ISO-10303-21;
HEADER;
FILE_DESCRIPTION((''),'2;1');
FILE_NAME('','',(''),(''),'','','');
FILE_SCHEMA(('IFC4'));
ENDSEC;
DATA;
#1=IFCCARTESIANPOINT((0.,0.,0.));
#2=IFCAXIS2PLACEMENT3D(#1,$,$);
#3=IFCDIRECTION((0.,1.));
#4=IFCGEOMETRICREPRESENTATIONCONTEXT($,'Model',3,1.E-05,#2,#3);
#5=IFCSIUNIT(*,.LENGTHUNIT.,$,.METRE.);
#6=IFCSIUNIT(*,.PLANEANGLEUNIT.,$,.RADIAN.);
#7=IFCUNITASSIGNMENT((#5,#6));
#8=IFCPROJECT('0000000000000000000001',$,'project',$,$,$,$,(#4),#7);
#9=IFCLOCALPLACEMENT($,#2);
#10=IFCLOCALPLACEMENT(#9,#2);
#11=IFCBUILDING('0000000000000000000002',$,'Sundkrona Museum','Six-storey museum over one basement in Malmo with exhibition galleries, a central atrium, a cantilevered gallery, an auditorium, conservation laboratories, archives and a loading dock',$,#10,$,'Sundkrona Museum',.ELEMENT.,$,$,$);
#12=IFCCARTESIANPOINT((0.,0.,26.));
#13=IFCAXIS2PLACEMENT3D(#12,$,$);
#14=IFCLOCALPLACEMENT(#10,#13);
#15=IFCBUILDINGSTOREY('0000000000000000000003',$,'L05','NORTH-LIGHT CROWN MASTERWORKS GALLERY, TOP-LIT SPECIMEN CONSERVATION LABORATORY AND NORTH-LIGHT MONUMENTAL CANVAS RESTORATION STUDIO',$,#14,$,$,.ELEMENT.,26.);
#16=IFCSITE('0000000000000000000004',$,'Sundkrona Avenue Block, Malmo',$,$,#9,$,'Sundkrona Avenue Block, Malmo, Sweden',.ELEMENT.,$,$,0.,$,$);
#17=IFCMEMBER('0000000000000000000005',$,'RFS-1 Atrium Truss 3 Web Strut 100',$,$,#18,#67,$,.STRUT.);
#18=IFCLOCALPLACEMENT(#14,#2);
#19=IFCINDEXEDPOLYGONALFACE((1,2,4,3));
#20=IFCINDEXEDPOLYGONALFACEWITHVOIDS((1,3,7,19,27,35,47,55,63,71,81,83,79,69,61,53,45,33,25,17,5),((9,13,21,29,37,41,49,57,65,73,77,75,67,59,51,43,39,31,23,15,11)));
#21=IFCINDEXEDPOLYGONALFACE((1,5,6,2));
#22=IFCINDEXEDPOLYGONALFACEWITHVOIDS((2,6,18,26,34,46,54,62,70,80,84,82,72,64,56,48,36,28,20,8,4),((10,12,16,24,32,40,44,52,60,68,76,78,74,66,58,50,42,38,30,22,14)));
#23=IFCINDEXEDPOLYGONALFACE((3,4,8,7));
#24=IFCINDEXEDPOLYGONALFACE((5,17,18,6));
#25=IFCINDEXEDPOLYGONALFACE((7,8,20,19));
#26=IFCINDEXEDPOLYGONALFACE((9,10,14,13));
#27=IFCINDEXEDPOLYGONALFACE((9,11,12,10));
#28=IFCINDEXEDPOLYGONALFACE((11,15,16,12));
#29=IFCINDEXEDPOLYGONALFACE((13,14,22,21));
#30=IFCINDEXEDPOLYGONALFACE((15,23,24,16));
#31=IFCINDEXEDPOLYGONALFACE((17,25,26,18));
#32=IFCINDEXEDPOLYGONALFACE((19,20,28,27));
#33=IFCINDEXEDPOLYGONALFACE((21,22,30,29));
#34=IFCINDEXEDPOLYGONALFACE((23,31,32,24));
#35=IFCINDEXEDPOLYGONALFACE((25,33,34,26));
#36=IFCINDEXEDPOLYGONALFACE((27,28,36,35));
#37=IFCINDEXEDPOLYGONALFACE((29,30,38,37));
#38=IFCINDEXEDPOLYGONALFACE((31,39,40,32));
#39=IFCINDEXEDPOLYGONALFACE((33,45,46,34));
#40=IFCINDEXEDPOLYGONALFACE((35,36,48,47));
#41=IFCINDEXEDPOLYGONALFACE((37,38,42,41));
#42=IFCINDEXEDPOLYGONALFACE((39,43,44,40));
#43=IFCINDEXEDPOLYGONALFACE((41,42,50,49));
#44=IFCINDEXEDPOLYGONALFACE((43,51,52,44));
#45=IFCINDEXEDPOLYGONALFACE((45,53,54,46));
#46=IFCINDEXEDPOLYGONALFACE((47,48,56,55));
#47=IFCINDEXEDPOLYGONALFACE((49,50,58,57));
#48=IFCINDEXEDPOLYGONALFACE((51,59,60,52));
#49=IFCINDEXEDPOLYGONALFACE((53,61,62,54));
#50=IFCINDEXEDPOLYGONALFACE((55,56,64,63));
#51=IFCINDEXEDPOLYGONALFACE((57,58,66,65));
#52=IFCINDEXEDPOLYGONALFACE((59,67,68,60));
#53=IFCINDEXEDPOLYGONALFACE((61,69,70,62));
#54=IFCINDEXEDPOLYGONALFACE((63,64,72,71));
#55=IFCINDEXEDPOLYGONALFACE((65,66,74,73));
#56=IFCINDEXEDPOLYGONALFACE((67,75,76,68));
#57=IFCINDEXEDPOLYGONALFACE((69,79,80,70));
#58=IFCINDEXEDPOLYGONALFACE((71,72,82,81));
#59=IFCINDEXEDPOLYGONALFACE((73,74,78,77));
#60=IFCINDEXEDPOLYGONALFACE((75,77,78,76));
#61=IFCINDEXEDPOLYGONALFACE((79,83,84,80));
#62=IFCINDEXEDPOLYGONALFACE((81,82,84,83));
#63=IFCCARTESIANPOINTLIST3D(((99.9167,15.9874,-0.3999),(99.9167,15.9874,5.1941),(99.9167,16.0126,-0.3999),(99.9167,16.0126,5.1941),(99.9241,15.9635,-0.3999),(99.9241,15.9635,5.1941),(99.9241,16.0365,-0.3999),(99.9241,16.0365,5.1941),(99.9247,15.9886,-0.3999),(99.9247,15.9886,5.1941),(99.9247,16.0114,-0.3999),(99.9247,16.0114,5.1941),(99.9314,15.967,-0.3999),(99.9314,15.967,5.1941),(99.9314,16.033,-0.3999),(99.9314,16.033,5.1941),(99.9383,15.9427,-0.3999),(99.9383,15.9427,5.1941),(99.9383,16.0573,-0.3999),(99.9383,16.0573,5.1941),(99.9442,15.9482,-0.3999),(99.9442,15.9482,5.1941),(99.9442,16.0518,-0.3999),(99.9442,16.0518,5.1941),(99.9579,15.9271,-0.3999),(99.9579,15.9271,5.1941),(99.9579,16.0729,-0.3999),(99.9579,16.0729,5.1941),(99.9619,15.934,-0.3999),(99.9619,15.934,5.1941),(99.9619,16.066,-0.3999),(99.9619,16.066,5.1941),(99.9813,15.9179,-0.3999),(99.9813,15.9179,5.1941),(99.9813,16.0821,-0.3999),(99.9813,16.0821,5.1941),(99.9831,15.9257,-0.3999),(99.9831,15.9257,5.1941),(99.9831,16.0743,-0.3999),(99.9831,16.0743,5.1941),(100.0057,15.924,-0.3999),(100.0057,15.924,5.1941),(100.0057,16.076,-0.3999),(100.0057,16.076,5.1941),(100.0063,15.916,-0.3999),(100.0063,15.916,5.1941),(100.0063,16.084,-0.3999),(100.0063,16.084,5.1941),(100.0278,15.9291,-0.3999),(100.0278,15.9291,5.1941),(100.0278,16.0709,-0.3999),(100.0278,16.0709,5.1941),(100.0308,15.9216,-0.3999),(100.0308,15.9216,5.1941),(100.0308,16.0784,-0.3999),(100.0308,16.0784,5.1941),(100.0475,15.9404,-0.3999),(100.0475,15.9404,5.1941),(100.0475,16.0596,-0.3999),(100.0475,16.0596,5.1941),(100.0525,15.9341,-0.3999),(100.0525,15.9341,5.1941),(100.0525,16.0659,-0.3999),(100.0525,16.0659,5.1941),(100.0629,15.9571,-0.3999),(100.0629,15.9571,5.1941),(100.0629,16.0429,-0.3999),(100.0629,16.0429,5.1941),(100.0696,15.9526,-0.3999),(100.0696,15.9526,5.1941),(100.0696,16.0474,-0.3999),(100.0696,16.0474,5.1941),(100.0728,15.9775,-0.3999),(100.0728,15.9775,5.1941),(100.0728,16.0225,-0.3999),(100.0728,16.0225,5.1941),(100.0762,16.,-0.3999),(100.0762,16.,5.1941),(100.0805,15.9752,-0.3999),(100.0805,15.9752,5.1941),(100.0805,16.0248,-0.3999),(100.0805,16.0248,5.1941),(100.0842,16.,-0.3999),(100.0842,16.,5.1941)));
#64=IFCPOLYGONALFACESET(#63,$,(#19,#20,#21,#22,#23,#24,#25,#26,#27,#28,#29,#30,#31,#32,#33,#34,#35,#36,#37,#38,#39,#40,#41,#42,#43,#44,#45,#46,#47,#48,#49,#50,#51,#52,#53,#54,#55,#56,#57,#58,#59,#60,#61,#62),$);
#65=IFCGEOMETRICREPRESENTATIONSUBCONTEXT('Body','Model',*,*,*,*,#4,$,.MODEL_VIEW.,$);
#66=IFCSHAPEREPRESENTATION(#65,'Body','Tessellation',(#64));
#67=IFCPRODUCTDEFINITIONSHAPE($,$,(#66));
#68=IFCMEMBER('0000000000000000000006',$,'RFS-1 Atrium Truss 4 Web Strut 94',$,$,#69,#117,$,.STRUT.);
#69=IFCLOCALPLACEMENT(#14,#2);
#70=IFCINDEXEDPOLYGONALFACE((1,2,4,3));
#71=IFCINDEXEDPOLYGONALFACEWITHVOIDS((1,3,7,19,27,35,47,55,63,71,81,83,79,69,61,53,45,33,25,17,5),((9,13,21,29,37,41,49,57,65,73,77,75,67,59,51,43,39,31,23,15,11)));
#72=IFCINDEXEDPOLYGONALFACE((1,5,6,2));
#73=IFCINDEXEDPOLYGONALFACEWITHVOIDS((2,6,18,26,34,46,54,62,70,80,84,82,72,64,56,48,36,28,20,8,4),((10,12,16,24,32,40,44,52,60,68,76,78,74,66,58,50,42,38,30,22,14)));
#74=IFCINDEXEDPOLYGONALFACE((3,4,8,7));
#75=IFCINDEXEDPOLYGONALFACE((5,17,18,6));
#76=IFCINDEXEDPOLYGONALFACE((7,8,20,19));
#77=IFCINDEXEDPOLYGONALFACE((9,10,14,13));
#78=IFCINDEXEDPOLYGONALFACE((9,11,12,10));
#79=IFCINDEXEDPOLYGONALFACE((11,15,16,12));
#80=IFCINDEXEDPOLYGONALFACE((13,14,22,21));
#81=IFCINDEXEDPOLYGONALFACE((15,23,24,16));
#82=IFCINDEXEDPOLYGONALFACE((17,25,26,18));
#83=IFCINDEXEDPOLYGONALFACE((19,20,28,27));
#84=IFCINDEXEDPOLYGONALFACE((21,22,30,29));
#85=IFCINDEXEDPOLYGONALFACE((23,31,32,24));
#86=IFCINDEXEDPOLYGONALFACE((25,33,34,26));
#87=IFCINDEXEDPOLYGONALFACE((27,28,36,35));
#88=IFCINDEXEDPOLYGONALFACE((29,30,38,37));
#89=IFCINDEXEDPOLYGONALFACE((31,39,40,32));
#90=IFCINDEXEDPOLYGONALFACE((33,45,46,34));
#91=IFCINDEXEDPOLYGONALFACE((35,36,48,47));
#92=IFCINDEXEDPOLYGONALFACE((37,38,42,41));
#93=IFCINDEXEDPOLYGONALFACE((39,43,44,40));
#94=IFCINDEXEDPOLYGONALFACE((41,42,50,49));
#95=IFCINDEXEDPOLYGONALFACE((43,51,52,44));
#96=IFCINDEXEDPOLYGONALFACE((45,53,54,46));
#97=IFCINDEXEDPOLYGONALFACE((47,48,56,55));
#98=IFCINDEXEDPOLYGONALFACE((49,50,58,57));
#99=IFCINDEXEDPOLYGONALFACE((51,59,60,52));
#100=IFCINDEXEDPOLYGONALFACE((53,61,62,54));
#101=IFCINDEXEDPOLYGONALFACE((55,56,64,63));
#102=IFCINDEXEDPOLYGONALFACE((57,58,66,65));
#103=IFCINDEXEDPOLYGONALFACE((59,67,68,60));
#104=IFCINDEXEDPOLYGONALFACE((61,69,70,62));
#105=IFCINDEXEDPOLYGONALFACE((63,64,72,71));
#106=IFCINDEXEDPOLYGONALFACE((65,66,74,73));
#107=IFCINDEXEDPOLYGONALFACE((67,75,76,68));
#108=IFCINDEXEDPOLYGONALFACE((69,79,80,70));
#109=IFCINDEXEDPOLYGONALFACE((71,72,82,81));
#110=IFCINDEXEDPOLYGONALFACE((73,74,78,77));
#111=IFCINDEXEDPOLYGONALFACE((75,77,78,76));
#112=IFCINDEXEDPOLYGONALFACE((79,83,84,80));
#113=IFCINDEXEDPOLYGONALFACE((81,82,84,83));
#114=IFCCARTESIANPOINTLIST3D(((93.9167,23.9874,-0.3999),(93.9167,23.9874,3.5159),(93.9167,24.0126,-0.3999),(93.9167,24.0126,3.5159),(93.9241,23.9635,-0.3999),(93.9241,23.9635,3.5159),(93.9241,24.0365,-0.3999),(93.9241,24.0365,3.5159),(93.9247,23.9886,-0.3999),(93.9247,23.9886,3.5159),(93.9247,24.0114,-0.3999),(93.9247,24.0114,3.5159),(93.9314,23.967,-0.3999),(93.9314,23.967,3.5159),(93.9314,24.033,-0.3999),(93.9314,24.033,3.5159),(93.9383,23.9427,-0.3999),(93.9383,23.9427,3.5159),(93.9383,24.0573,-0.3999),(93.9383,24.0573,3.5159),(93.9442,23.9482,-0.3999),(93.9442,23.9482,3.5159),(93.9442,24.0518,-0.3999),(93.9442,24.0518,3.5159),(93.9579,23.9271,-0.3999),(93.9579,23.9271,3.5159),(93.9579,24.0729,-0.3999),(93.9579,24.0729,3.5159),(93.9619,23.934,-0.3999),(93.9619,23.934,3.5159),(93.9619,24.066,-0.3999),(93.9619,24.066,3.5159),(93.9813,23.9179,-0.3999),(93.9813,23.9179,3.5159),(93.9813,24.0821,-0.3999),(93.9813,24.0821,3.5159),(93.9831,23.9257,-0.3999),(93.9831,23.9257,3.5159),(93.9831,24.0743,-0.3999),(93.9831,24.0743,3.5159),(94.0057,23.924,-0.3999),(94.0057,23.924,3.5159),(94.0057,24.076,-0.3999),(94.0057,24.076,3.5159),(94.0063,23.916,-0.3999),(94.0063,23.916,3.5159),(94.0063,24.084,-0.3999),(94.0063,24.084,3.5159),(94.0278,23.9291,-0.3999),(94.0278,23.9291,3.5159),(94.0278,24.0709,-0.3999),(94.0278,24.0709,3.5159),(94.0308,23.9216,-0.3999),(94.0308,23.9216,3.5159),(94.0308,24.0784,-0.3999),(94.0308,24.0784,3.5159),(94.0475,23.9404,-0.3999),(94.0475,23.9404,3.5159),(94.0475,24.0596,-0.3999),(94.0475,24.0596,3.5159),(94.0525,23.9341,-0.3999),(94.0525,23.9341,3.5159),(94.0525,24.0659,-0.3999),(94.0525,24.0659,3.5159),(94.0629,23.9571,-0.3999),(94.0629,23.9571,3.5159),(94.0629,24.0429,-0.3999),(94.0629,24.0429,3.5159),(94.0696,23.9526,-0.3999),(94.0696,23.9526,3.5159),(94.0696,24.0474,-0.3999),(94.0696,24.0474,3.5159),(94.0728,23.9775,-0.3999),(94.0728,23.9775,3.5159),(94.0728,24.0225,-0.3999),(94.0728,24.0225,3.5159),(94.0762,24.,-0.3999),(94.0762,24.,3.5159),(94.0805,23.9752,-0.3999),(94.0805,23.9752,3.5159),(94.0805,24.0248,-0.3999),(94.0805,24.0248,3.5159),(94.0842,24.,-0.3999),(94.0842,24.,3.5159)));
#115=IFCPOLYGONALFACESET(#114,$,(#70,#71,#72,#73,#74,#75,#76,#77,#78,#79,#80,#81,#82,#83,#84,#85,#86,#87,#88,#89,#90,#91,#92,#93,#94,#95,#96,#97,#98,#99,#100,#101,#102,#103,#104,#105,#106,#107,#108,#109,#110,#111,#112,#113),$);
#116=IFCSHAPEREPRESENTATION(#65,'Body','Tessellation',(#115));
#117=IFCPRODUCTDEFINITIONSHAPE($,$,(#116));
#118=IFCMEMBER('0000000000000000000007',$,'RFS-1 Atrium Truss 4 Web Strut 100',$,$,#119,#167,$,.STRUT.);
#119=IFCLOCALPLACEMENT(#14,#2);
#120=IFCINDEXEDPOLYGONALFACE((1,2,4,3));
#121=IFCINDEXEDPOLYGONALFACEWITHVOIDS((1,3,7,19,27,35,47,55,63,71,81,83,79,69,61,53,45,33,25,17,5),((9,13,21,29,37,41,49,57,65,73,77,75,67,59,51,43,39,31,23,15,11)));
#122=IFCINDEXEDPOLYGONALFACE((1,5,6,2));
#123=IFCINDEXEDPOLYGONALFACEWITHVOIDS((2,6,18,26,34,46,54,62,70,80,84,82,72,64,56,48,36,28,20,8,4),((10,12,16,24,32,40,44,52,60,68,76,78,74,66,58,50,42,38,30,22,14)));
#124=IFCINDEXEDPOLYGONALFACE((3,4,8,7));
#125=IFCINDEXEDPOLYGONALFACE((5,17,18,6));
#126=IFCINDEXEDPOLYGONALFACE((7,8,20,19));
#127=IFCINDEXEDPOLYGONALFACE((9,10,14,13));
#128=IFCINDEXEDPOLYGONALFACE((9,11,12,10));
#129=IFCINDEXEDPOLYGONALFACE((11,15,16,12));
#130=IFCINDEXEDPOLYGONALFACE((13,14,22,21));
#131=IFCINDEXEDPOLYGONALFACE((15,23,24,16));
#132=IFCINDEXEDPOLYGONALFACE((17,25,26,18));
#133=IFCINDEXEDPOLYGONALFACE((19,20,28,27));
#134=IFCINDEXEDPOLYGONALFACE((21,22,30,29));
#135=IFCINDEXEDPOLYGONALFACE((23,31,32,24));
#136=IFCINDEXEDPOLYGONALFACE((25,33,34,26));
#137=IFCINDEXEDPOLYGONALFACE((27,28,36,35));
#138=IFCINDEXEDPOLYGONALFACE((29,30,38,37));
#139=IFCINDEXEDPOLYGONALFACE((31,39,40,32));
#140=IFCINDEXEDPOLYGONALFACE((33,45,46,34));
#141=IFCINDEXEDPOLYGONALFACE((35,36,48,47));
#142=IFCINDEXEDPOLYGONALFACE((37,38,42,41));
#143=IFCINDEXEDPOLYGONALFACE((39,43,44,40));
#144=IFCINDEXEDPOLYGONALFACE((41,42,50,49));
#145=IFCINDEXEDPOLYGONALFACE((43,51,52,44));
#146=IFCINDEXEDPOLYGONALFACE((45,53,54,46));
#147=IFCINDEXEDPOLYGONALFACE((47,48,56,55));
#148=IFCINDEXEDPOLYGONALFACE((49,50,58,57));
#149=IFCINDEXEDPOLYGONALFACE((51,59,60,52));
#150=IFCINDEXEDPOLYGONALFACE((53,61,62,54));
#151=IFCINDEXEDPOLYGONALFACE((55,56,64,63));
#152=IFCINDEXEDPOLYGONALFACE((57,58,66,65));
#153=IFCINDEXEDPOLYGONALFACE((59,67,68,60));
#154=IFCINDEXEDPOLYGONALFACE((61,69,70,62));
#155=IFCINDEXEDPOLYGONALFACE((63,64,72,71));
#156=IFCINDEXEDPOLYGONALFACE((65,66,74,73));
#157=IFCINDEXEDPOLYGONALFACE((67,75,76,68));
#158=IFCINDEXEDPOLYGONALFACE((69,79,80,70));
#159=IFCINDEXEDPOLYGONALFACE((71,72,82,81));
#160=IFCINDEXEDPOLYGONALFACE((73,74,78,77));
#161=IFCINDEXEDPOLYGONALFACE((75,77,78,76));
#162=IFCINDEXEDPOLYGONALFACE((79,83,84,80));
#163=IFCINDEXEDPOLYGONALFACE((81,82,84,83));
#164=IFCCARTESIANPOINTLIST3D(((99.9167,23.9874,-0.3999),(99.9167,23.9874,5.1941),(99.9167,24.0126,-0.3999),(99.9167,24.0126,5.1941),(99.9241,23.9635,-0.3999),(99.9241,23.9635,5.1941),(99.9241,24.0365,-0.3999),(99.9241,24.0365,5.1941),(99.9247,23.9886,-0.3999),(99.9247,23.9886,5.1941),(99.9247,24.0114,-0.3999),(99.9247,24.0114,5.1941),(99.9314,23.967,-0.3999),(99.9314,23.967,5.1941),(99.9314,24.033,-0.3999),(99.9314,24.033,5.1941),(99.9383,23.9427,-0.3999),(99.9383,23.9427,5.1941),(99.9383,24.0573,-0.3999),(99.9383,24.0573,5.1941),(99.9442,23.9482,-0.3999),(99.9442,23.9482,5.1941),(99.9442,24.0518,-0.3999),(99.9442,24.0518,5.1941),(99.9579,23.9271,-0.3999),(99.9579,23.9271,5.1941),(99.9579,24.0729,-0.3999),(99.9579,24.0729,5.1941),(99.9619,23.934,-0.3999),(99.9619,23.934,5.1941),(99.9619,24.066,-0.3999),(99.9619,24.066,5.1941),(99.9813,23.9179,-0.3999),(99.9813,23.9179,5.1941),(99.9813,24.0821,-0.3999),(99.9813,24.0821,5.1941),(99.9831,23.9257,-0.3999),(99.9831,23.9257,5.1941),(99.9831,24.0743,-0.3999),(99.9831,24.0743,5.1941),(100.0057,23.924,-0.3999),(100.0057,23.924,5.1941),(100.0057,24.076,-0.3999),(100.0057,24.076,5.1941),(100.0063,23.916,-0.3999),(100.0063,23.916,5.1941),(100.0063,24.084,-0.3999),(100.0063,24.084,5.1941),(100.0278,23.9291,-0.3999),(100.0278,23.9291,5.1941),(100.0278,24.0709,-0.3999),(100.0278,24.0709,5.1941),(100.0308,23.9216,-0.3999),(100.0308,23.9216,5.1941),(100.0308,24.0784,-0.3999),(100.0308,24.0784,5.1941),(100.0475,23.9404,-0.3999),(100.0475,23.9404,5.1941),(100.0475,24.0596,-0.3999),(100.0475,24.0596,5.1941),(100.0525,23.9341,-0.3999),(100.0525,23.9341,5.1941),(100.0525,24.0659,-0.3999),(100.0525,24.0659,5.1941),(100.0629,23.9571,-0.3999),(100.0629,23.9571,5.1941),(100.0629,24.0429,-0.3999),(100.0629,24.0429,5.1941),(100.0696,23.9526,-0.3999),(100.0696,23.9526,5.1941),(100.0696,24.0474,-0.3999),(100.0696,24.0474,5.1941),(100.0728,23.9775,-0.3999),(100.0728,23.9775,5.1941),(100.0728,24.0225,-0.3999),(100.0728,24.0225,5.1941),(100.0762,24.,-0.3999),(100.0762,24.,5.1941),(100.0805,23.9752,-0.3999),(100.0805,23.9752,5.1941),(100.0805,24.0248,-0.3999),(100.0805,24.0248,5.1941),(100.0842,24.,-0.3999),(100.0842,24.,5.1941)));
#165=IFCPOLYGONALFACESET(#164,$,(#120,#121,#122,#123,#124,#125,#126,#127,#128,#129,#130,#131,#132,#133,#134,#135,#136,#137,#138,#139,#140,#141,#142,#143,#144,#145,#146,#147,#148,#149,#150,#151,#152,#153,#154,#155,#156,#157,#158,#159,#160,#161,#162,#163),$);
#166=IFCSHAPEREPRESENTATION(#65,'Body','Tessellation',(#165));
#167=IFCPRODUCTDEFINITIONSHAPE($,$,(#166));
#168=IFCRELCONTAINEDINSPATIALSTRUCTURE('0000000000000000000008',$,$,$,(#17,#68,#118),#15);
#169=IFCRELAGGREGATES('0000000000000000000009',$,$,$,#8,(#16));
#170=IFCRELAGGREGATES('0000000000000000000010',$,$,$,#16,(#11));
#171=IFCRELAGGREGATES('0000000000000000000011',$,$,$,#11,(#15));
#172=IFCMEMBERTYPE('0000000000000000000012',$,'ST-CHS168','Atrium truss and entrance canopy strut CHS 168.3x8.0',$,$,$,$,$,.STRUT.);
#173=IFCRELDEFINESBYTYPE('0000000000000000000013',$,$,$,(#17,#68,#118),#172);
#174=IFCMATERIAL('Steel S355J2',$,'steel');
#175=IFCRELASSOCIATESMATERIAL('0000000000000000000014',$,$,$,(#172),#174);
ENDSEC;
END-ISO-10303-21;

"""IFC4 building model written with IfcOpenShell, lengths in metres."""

from ifc_helpers import new_model, si_unit, direction, frame, origin, origin_2d, place, context, subcontext, project, spatial, hollow_circle, extrude, material, material_profile, profile_set, type_object, element, save


model = new_model("IFC4")

# Units and contexts
model_context = context("Model", 3, precision=1e-05, world=origin(), true_north=direction((0.0, 1.0)))
body_context = subcontext(model_context, "Body", "Model", "MODEL_VIEW")
ifc_project = project(units=[si_unit("LENGTHUNIT", "METRE"), si_unit("PLANEANGLEUNIT", "RADIAN")], contexts=[model_context])

# Site, building, storey
site_placement = place(None, origin())
site = spatial("IfcSite", under=ifc_project, at=site_placement, Name="Sundkrona Avenue Block, Malmo", LongName="Sundkrona Avenue Block, Malmo, Sweden", CompositionType="ELEMENT", RefElevation=0.0)
building_placement = place(site_placement, origin())
building = spatial("IfcBuilding", under=site, at=building_placement, Name="Sundkrona Museum", Description="Six-storey museum over one basement in Malmo with exhibition galleries, a central atrium, a cantilevered gallery, an auditorium, conservation laboratories, archives and a loading dock", LongName="Sundkrona Museum", CompositionType="ELEMENT")
storey_placement = place(building_placement, frame((0.0, 0.0, 26.0)))
storey = spatial("IfcBuildingStorey", under=building, at=storey_placement, Name="L05", Description="NORTH-LIGHT CROWN MASTERWORKS GALLERY, TOP-LIT SPECIMEN CONSERVATION LABORATORY AND NORTH-LIGHT MONUMENTAL CANVAS RESTORATION STUDIO", CompositionType="ELEMENT", Elevation=26.0)

# Members
ifc_material_1 = material(Name="Steel S355J2", Category="steel")
ifc_material_profile_1 = material_profile(ifc_material_1, hollow_circle(Radius=0.0842, WallThickness=0.0081, at=origin_2d()), Name="CHS 168.3x8.0")
ifc_profile_set_1 = profile_set([ifc_material_profile_1], Name="Steel S355J2")
member_type_1 = type_object("IfcMemberType", Name="ST-CHS168", Description="Atrium truss and entrance canopy strut CHS 168.3x8.0", PredefinedType="STRUT", material=ifc_profile_set_1)
member_1_placement = place(storey_placement, frame((100.0, 16.0, -0.3999), z_axis=(0.0, 0.0, 1.0), x_axis=(1.0, 0.0, 0.0)))
element("IfcMember", 1, at=member_1_placement, inside=storey, type_object=member_type_1, Name="RFS-1 Atrium Truss 3 Web Strut 100", PredefinedType="STRUT", context=body_context, shape_type="SweptSolid", body=[
    extrude(hollow_circle(Radius=0.0842, WallThickness=0.0081, at=origin_2d()), origin(), (0.0, 0.0, 1.0), 5.594),
])
member_2_placement = place(storey_placement, frame((94.0, 24.0, -0.3999), z_axis=(0.0, 0.0, 1.0), x_axis=(1.0, 0.0, 0.0)))
element("IfcMember", 2, at=member_2_placement, inside=storey, type_object=member_type_1, Name="RFS-1 Atrium Truss 4 Web Strut 94", PredefinedType="STRUT", context=body_context, shape_type="SweptSolid", body=[
    extrude(hollow_circle(Radius=0.0842, WallThickness=0.0081, at=origin_2d()), origin(), (0.0, 0.0, 1.0), 3.9158),
])
member_3_placement = place(storey_placement, frame((100.0, 24.0, -0.3999), z_axis=(0.0, 0.0, 1.0), x_axis=(1.0, 0.0, 0.0)))
element("IfcMember", 3, at=member_3_placement, inside=storey, type_object=member_type_1, Name="RFS-1 Atrium Truss 4 Web Strut 100", PredefinedType="STRUT", context=body_context, shape_type="SweptSolid", body=[
    extrude(hollow_circle(Radius=0.0842, WallThickness=0.0081, at=origin_2d()), origin(), (0.0, 0.0, 1.0), 5.594),
])

save(model, "model.ifc")
